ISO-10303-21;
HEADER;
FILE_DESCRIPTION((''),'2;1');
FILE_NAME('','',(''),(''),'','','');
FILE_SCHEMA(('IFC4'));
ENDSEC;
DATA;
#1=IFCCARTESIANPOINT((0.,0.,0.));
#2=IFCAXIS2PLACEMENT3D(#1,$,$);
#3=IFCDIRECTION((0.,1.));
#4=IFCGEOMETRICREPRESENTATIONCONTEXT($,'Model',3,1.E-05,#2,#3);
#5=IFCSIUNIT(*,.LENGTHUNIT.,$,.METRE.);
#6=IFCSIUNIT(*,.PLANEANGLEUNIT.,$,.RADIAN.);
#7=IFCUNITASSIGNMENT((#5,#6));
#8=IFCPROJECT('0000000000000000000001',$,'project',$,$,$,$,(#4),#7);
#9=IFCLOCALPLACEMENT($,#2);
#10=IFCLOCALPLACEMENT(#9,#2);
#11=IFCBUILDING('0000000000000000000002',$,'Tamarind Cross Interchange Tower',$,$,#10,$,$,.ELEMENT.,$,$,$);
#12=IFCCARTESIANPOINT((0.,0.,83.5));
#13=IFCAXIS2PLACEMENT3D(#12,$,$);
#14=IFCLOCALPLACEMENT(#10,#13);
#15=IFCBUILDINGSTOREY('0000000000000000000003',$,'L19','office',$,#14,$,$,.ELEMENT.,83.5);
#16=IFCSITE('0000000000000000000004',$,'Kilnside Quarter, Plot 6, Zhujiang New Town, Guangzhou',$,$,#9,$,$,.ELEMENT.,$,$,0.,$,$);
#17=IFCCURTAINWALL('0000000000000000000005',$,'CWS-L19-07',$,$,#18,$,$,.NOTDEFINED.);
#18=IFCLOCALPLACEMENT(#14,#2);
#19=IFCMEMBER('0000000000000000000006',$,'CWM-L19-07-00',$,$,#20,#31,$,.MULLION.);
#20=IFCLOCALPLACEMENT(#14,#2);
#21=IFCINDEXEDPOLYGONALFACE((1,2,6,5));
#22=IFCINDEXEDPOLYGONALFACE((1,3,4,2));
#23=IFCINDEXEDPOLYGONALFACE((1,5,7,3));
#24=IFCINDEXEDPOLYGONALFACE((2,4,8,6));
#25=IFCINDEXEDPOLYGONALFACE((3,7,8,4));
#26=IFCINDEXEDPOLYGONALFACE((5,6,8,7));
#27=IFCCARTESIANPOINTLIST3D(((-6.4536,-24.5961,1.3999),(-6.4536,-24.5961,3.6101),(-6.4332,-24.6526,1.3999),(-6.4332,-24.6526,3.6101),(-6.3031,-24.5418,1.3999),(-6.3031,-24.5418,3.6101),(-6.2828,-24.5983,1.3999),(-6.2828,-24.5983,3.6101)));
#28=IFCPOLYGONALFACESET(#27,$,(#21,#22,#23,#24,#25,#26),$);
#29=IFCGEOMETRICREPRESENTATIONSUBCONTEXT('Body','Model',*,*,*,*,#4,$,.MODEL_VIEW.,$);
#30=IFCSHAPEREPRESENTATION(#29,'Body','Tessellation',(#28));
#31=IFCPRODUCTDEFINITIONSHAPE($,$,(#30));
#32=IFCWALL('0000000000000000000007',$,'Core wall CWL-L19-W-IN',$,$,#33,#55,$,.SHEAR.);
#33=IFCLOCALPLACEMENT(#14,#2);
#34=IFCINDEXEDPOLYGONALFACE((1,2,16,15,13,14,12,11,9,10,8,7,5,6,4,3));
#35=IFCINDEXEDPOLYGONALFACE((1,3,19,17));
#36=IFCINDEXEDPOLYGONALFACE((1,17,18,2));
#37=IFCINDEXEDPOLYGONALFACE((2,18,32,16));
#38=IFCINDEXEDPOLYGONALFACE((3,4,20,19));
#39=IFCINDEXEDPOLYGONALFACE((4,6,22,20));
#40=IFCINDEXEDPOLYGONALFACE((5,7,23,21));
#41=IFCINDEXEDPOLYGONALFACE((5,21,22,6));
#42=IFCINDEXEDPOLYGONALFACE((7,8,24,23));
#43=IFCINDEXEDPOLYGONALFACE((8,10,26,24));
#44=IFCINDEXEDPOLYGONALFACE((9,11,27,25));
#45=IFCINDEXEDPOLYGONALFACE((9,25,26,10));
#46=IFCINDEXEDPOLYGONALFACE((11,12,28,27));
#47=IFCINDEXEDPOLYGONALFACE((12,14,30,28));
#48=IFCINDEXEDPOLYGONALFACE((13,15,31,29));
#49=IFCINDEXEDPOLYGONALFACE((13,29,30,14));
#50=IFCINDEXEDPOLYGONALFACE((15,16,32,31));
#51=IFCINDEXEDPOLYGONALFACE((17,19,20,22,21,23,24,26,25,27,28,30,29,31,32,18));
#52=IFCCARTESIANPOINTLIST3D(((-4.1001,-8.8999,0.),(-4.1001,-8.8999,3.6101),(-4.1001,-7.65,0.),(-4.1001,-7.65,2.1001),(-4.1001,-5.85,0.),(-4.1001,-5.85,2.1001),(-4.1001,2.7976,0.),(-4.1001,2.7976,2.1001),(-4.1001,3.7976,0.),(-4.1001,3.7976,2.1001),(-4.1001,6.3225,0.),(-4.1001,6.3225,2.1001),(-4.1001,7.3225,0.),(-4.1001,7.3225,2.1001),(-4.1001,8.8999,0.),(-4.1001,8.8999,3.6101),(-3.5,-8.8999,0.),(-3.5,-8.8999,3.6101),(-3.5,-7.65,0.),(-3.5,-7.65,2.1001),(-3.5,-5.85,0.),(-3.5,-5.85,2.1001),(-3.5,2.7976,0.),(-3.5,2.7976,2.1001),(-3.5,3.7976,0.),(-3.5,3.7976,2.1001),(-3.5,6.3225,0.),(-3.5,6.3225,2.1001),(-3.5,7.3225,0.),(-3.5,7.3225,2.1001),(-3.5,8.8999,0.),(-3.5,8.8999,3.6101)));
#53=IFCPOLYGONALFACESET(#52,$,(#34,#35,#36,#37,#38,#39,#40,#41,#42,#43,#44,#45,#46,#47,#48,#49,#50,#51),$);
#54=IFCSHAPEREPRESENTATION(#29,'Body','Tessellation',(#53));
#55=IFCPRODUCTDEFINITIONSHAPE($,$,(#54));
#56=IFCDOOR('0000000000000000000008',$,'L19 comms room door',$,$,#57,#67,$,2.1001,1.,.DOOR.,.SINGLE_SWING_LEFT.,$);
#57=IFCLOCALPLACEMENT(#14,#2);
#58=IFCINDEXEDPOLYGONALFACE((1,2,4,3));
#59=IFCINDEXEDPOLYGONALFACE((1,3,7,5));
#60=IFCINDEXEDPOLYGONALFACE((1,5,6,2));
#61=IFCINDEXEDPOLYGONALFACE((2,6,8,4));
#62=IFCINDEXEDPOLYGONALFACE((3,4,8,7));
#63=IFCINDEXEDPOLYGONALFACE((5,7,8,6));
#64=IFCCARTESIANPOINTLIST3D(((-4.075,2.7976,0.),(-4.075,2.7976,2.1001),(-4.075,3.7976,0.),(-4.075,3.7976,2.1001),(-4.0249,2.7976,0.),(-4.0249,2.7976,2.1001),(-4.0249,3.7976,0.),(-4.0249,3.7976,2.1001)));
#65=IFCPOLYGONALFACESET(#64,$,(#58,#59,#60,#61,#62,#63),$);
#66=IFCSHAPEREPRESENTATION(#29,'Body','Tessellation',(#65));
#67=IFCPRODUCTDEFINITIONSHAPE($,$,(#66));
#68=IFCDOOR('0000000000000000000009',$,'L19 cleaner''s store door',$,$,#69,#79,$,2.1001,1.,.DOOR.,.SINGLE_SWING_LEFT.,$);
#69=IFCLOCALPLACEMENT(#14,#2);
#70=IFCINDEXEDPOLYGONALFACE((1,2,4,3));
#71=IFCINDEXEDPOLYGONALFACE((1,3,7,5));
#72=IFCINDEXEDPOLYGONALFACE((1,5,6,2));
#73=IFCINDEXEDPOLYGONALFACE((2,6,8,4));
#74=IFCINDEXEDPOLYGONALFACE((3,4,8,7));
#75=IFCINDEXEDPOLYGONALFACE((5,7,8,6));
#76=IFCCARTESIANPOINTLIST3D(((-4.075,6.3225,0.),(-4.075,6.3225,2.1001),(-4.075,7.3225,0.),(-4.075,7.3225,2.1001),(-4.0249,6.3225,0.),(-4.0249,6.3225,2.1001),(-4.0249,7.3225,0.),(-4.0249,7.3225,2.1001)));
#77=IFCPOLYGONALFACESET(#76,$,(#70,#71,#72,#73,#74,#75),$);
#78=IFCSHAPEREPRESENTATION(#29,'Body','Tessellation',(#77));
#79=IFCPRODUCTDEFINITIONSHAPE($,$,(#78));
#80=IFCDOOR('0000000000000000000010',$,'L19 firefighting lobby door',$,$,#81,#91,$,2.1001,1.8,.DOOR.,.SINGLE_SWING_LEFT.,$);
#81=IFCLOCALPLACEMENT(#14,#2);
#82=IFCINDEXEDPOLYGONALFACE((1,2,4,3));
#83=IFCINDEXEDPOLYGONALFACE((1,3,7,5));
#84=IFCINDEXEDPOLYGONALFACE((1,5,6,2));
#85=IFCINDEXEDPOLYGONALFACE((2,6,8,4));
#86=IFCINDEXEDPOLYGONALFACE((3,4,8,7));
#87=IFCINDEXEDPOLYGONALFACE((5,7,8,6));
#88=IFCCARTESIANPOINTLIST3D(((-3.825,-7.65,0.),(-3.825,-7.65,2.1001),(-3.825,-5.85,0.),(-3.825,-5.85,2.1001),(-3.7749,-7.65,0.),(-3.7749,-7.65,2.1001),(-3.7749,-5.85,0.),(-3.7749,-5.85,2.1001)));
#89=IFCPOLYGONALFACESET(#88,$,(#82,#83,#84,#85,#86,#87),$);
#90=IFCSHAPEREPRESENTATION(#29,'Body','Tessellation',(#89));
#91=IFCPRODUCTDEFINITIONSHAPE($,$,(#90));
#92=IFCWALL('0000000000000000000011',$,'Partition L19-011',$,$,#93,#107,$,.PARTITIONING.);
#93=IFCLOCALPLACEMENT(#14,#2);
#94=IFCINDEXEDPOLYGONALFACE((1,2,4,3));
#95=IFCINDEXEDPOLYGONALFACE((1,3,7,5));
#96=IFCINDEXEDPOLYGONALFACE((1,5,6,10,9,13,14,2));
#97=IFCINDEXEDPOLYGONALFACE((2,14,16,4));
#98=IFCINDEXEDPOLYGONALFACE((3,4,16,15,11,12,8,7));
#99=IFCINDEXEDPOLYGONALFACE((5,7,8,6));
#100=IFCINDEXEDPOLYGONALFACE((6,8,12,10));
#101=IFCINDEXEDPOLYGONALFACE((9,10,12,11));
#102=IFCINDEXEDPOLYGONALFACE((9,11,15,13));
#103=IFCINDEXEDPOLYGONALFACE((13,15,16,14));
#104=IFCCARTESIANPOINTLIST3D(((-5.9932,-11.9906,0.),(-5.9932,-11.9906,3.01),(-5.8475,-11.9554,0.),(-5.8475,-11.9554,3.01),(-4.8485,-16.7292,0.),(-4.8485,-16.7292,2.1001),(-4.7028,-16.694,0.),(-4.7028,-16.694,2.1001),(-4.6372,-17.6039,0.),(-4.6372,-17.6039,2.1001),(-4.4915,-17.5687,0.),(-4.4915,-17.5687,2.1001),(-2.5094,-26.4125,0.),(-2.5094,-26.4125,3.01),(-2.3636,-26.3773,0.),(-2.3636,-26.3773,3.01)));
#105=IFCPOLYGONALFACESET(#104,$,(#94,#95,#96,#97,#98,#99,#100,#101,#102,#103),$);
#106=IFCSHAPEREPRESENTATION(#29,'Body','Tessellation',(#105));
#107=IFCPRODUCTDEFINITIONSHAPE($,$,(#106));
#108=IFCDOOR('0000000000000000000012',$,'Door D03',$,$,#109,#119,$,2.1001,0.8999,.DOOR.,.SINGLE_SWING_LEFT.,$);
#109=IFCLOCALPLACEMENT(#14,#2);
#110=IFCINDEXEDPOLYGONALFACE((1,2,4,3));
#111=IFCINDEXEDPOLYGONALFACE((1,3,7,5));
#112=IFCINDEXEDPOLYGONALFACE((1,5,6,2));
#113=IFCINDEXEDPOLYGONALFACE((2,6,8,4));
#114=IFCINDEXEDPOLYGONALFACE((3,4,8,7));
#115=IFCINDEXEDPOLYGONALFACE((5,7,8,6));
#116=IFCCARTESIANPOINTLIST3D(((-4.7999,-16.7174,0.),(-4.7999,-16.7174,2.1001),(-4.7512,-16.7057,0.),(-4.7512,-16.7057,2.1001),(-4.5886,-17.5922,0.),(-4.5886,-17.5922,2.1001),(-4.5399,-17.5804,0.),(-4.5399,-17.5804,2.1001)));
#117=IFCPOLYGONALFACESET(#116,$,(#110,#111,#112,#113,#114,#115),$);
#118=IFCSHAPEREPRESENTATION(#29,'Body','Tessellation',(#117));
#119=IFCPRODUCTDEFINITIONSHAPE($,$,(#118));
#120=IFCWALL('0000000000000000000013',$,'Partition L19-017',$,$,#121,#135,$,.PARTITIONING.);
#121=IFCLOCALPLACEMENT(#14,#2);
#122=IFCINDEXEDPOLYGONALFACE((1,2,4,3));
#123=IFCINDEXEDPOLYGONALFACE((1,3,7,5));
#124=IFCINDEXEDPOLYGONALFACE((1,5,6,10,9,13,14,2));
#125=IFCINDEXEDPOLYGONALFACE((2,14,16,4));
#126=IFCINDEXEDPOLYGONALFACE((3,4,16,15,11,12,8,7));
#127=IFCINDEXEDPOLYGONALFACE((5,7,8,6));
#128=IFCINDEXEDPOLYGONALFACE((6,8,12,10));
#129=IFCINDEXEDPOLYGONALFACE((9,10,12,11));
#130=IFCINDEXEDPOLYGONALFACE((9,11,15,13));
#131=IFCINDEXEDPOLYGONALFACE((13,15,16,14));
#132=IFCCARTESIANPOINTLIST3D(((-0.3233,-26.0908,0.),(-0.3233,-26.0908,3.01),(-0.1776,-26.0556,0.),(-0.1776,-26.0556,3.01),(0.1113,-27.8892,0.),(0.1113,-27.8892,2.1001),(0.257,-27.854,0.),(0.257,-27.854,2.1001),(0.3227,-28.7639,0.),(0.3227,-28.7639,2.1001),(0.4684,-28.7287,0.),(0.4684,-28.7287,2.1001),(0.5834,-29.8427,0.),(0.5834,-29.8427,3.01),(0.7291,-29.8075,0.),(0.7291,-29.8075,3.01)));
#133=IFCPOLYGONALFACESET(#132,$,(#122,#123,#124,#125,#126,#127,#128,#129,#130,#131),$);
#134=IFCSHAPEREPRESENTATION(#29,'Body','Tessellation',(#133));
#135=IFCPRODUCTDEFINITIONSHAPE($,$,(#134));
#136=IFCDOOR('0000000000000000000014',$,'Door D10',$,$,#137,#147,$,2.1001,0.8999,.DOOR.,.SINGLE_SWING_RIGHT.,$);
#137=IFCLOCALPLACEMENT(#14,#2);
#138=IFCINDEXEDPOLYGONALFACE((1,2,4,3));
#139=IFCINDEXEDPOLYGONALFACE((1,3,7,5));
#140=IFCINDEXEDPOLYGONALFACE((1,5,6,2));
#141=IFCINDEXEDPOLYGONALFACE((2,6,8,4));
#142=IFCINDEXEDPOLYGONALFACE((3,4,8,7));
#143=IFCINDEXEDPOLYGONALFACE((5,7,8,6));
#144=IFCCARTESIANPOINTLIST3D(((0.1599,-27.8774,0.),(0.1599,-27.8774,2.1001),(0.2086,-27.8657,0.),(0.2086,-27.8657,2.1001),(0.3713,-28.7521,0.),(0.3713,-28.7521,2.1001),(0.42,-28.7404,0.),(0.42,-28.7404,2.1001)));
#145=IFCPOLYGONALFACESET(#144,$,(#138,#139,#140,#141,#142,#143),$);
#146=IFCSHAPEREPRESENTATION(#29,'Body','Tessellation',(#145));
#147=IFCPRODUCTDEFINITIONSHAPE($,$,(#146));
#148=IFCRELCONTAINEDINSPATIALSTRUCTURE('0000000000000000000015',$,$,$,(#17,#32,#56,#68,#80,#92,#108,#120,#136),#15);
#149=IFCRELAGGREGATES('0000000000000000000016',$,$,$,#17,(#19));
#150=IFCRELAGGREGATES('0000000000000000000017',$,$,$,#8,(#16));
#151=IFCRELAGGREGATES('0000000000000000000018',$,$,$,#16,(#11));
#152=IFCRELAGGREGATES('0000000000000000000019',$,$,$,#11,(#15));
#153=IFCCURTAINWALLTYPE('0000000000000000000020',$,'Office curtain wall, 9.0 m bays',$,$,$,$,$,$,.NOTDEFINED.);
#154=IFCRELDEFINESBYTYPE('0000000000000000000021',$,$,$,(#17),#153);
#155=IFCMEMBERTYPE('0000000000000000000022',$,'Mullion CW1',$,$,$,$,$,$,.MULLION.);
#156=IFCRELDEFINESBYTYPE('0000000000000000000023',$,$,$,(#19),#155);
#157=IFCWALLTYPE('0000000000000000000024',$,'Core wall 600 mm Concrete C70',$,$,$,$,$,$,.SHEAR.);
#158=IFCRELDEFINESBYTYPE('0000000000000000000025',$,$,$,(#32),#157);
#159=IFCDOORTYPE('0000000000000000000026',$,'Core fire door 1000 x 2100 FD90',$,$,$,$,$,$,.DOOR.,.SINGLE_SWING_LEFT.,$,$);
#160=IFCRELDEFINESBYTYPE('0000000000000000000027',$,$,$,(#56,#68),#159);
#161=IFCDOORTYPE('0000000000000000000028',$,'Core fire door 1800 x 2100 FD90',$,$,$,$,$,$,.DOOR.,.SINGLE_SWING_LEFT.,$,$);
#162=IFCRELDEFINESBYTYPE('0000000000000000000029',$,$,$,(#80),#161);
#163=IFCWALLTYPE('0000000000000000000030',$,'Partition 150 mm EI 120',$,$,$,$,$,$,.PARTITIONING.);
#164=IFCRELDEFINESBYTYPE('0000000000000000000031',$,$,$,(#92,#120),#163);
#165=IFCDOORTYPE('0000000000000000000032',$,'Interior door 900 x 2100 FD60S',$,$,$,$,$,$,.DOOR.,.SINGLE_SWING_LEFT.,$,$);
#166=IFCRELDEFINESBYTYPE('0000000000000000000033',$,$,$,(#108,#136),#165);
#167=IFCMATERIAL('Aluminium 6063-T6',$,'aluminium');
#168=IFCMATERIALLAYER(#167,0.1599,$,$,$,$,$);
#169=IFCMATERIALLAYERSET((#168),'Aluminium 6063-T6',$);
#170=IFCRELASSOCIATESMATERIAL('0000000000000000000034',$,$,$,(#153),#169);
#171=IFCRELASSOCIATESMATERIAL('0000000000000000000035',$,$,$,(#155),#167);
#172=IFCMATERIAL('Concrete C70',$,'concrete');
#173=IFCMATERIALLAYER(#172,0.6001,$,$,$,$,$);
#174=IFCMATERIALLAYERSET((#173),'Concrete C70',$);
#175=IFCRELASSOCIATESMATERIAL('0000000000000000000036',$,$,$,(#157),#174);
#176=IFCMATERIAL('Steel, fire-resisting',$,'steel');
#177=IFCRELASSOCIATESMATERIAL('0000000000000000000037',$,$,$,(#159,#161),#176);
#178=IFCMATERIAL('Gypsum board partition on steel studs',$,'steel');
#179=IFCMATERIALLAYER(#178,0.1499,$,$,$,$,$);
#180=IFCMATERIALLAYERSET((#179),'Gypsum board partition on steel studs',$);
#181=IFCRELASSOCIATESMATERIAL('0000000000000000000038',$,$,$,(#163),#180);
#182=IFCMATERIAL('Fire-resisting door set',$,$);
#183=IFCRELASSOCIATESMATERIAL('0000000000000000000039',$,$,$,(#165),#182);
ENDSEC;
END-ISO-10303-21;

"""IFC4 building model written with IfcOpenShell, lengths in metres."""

from ifc_helpers import new_model, si_unit, direction, frame, frame_2d, origin, origin_2d, place, context, subcontext, project, spatial, rectangle, extrude, material, layer, layer_set, material_profile, profile_set, type_object, element, fill, aggregate, save


model = new_model("IFC4")

# Units and contexts
model_context = context("Model", 3, precision=1e-05, world=origin(), true_north=direction((0.0, 1.0)))
body_context = subcontext(model_context, "Body", "Model", "MODEL_VIEW")
ifc_project = project(units=[si_unit("LENGTHUNIT", "METRE"), si_unit("PLANEANGLEUNIT", "RADIAN")], contexts=[model_context])

# Site, building, storey
site_placement = place(None, origin())
site = spatial("IfcSite", under=ifc_project, at=site_placement, Name="Kilnside Quarter, Plot 6, Zhujiang New Town, Guangzhou", CompositionType="ELEMENT", RefElevation=0.0)
building_placement = place(site_placement, origin())
building = spatial("IfcBuilding", under=site, at=building_placement, Name="Tamarind Cross Interchange Tower", CompositionType="ELEMENT")
storey_placement = place(building_placement, frame((0.0, 0.0, 83.5)))
storey = spatial("IfcBuildingStorey", under=building, at=storey_placement, Name="L19", Description="office", CompositionType="ELEMENT", Elevation=83.5)

# Curtain wall, member
ifc_material_1 = material(Name="Aluminium 6063-T6", Category="aluminium")
ifc_layer_1 = layer(ifc_material_1, 0.1599)
ifc_layer_set_1 = layer_set([ifc_layer_1], Name="Aluminium 6063-T6")
curtain_wall_type = type_object("IfcCurtainWallType", Name="Office curtain wall, 9.0 m bays", PredefinedType="NOTDEFINED", material=ifc_layer_set_1)
curtain_wall_placement = place(storey_placement, origin())
curtain_wall = element("IfcCurtainWall", 1, at=curtain_wall_placement, inside=storey, type_object=curtain_wall_type, Name="CWS-L19-07", PredefinedType="NOTDEFINED")
ifc_material_profile_1 = material_profile(ifc_material_1, rectangle(XDim=0.0601, YDim=0.1599, at=origin_2d()), Name="Mullion CW1")
ifc_profile_set_1 = profile_set([ifc_material_profile_1], Name="Aluminium 6063-T6")
member_type = type_object("IfcMemberType", Name="Mullion CW1", PredefinedType="MULLION", material=ifc_profile_set_1)
member_placement = place(storey_placement, frame((-6.3682, -24.5972, 1.3999), z_axis=(0.0, 0.0, 1.0), x_axis=(0.339405, -0.94064, 0.0)))
member = element("IfcMember", 2, at=member_placement, type_object=member_type, Name="CWM-L19-07-00", PredefinedType="MULLION", context=body_context, shape_type="SweptSolid", body=[
    extrude(rectangle(XDim=0.0601, YDim=0.1599, at=origin_2d()), origin(), (0.0, 0.0, 1.0), 2.2102),
])
aggregate(curtain_wall, [member])

# Wall, openings, doors
ifc_material_2 = material(Name="Concrete C70", Category="concrete")
ifc_layer_2 = layer(ifc_material_2, 0.6001)
ifc_layer_set_2 = layer_set([ifc_layer_2], Name="Concrete C70")
wall_type_1 = type_object("IfcWallType", Name="Core wall 600 mm Concrete C70", PredefinedType="SHEAR", material=ifc_layer_set_2)
wall_1_placement = place(storey_placement, frame((-3.8, -8.8999, 0.0), z_axis=(0.0, 0.0, 1.0), x_axis=(0.0, 1.0, 0.0)))
wall_1 = element("IfcWall", 3, at=wall_1_placement, inside=storey, type_object=wall_type_1, Name="Core wall CWL-L19-W-IN", PredefinedType="SHEAR", context=body_context, shape_type="SweptSolid", body=[
    extrude(rectangle(XDim=17.7998, YDim=0.6001, at=frame_2d((8.8999, 0.0))), origin(), (0.0, 0.0, 1.0), 3.6101),
])
opening_1_placement = place(wall_1_placement, frame((1.25, 0.0, 0.0)))
opening_1 = element("IfcOpeningElement", 4, at=opening_1_placement, cuts=wall_1, PredefinedType="OPENING", context=body_context, shape_type="SweptSolid", body=[
    extrude(rectangle(XDim=1.8, YDim=2.1001, at=frame_2d((0.8999, 1.05))), frame((0.0, 0.3101, 0.0), z_axis=(0.0, -1.0, 0.0), x_axis=(1.0, 0.0, 0.0)), (0.0, 0.0, 1.0), 0.6201),
])
opening_2_placement = place(wall_1_placement, frame((11.6975, 0.0, 0.0)))
opening_2 = element("IfcOpeningElement", 5, at=opening_2_placement, cuts=wall_1, PredefinedType="OPENING", context=body_context, shape_type="SweptSolid", body=[
    extrude(rectangle(XDim=1.0, YDim=2.1001, at=frame_2d((0.5, 1.05))), frame((0.0, 0.3101, 0.0), z_axis=(0.0, -1.0, 0.0), x_axis=(1.0, 0.0, 0.0)), (0.0, 0.0, 1.0), 0.6201),
])
opening_3_placement = place(wall_1_placement, frame((15.2224, 0.0, 0.0)))
opening_3 = element("IfcOpeningElement", 6, at=opening_3_placement, cuts=wall_1, PredefinedType="OPENING", context=body_context, shape_type="SweptSolid", body=[
    extrude(rectangle(XDim=1.0, YDim=2.1001, at=frame_2d((0.5, 1.05))), frame((0.0, 0.3101, 0.0), z_axis=(0.0, -1.0, 0.0), x_axis=(1.0, 0.0, 0.0)), (0.0, 0.0, 1.0), 0.6201),
])
ifc_material_3 = material(Name="Steel, fire-resisting", Category="steel")
door_type_1 = type_object("IfcDoorType", Name="Core fire door 1000 x 2100 FD90", OperationType="SINGLE_SWING_LEFT", PredefinedType="DOOR", material=ifc_material_3)
door_1_placement = place(opening_2_placement, origin())
door_1 = element("IfcDoor", 7, at=door_1_placement, inside=storey, type_object=door_type_1, Name="L19 comms room door", OperationType="SINGLE_SWING_LEFT", OverallHeight=2.1001, OverallWidth=1.0, PredefinedType="DOOR", context=body_context, shape_type="SweptSolid", body=[
    extrude(rectangle(XDim=1.0, YDim=2.1001, at=frame_2d((0.5, 1.05))), frame((0.0, 0.2749, 0.0), z_axis=(0.0, -1.0, 0.0), x_axis=(1.0, 0.0, 0.0)), (0.0, 0.0, 1.0), 0.05),
])
fill(opening_2, door_1)
door_2_placement = place(opening_3_placement, origin())
door_2 = element("IfcDoor", 8, at=door_2_placement, inside=storey, type_object=door_type_1, Name="L19 cleaner's store door", OperationType="SINGLE_SWING_LEFT", OverallHeight=2.1001, OverallWidth=1.0, PredefinedType="DOOR", context=body_context, shape_type="SweptSolid", body=[
    extrude(rectangle(XDim=1.0, YDim=2.1001, at=frame_2d((0.5, 1.05))), frame((0.0, 0.2749, 0.0), z_axis=(0.0, -1.0, 0.0), x_axis=(1.0, 0.0, 0.0)), (0.0, 0.0, 1.0), 0.05),
])
fill(opening_3, door_2)
door_type_2 = type_object("IfcDoorType", Name="Core fire door 1800 x 2100 FD90", OperationType="SINGLE_SWING_LEFT", PredefinedType="DOOR", material=ifc_material_3)
door_3_placement = place(opening_1_placement, origin())
door_3 = element("IfcDoor", 9, at=door_3_placement, inside=storey, type_object=door_type_2, Name="L19 firefighting lobby door", OperationType="SINGLE_SWING_LEFT", OverallHeight=2.1001, OverallWidth=1.8, PredefinedType="DOOR", context=body_context, shape_type="SweptSolid", body=[
    extrude(rectangle(XDim=1.8, YDim=2.1001, at=frame_2d((0.8999, 1.05))), frame((0.0, 0.0249, 0.0), z_axis=(0.0, -1.0, 0.0), x_axis=(1.0, 0.0, 0.0)), (0.0, 0.0, 1.0), 0.05),
])
fill(opening_1, door_3)

# Walls, openings, doors
ifc_material_4 = material(Name="Gypsum board partition on steel studs", Category="steel")
ifc_layer_3 = layer(ifc_material_4, 0.1499)
ifc_layer_set_3 = layer_set([ifc_layer_3], Name="Gypsum board partition on steel studs")
wall_type_2 = type_object("IfcWallType", Name="Partition 150 mm EI 120", PredefinedType="PARTITIONING", material=ifc_layer_set_3)
wall_2_placement = place(storey_placement, frame((-5.9204, -11.9729, 0.0), z_axis=(0.0, 0.0, 1.0), x_axis=(0.234815, -0.97204, 0.0)))
wall_2 = element("IfcWall", 10, at=wall_2_placement, inside=storey, type_object=wall_type_2, Name="Partition L19-011", PredefinedType="PARTITIONING", context=body_context, shape_type="SweptSolid", body=[
    extrude(rectangle(XDim=14.8367, YDim=0.1499, at=frame_2d((7.4185, 0.0))), origin(), (0.0, 0.0, 1.0), 3.01),
])
opening_4_placement = place(wall_2_placement, frame((4.875, 0.0, 0.0)))
opening_4 = element("IfcOpeningElement", 11, at=opening_4_placement, cuts=wall_2, PredefinedType="OPENING", context=body_context, shape_type="SweptSolid", body=[
    extrude(rectangle(XDim=0.8999, YDim=2.1001, at=frame_2d((0.45, 1.05))), frame((0.0, 0.085, 0.0), z_axis=(0.0, -1.0, 0.0), x_axis=(1.0, 0.0, 0.0)), (0.0, 0.0, 1.0), 0.1699),
])
ifc_material_5 = material(Name="Fire-resisting door set")
door_type_3 = type_object("IfcDoorType", Name="Interior door 900 x 2100 FD60S", OperationType="SINGLE_SWING_LEFT", PredefinedType="DOOR", material=ifc_material_5)
door_4_placement = place(opening_4_placement, frame((0.8999, 0.0, 0.0), z_axis=(0.0, 0.0, 1.0), x_axis=(-1.0, 0.0, 0.0)))
door_4 = element("IfcDoor", 12, at=door_4_placement, inside=storey, type_object=door_type_3, Name="Door D03", OperationType="SINGLE_SWING_LEFT", OverallHeight=2.1001, OverallWidth=0.8999, PredefinedType="DOOR", context=body_context, shape_type="SweptSolid", body=[
    extrude(rectangle(XDim=0.8999, YDim=2.1001, at=frame_2d((0.45, 1.05))), frame((0.0, 0.0249, 0.0), z_axis=(0.0, -1.0, 0.0), x_axis=(1.0, 0.0, 0.0)), (0.0, 0.0, 1.0), 0.05),
])
fill(opening_4, door_4)
wall_3_placement = place(storey_placement, frame((-0.2505, -26.0732, 0.0), z_axis=(0.0, 0.0, 1.0), x_axis=(0.234908, -0.972018, 0.0)))
wall_3 = element("IfcWall", 13, at=wall_3_placement, inside=storey, type_object=wall_type_2, Name="Partition L19-017", PredefinedType="PARTITIONING", context=body_context, shape_type="SweptSolid", body=[
    extrude(rectangle(XDim=3.8599, YDim=0.1499, at=frame_2d((1.9299, 0.0))), origin(), (0.0, 0.0, 1.0), 3.01),
])
opening_5_placement = place(wall_3_placement, frame((1.8501, 0.0, 0.0)))
opening_5 = element("IfcOpeningElement", 14, at=opening_5_placement, cuts=wall_3, PredefinedType="OPENING", context=body_context, shape_type="SweptSolid", body=[
    extrude(rectangle(XDim=0.8999, YDim=2.1001, at=frame_2d((0.45, 1.05))), frame((0.0, 0.085, 0.0), z_axis=(0.0, -1.0, 0.0), x_axis=(1.0, 0.0, 0.0)), (0.0, 0.0, 1.0), 0.1699),
])
door_5_placement = place(opening_5_placement, frame((0.8999, 0.0, 0.0), z_axis=(0.0, 0.0, 1.0), x_axis=(-1.0, 0.0, 0.0)))
door_5 = element("IfcDoor", 15, at=door_5_placement, inside=storey, type_object=door_type_3, Name="Door D10", OperationType="SINGLE_SWING_RIGHT", OverallHeight=2.1001, OverallWidth=0.8999, PredefinedType="DOOR", context=body_context, shape_type="SweptSolid", body=[
    extrude(rectangle(XDim=0.8999, YDim=2.1001, at=frame_2d((0.45, 1.05))), frame((0.0, 0.0249, 0.0), z_axis=(0.0, -1.0, 0.0), x_axis=(1.0, 0.0, 0.0)), (0.0, 0.0, 1.0), 0.05),
])
fill(opening_5, door_5)

save(model, "model.ifc")
